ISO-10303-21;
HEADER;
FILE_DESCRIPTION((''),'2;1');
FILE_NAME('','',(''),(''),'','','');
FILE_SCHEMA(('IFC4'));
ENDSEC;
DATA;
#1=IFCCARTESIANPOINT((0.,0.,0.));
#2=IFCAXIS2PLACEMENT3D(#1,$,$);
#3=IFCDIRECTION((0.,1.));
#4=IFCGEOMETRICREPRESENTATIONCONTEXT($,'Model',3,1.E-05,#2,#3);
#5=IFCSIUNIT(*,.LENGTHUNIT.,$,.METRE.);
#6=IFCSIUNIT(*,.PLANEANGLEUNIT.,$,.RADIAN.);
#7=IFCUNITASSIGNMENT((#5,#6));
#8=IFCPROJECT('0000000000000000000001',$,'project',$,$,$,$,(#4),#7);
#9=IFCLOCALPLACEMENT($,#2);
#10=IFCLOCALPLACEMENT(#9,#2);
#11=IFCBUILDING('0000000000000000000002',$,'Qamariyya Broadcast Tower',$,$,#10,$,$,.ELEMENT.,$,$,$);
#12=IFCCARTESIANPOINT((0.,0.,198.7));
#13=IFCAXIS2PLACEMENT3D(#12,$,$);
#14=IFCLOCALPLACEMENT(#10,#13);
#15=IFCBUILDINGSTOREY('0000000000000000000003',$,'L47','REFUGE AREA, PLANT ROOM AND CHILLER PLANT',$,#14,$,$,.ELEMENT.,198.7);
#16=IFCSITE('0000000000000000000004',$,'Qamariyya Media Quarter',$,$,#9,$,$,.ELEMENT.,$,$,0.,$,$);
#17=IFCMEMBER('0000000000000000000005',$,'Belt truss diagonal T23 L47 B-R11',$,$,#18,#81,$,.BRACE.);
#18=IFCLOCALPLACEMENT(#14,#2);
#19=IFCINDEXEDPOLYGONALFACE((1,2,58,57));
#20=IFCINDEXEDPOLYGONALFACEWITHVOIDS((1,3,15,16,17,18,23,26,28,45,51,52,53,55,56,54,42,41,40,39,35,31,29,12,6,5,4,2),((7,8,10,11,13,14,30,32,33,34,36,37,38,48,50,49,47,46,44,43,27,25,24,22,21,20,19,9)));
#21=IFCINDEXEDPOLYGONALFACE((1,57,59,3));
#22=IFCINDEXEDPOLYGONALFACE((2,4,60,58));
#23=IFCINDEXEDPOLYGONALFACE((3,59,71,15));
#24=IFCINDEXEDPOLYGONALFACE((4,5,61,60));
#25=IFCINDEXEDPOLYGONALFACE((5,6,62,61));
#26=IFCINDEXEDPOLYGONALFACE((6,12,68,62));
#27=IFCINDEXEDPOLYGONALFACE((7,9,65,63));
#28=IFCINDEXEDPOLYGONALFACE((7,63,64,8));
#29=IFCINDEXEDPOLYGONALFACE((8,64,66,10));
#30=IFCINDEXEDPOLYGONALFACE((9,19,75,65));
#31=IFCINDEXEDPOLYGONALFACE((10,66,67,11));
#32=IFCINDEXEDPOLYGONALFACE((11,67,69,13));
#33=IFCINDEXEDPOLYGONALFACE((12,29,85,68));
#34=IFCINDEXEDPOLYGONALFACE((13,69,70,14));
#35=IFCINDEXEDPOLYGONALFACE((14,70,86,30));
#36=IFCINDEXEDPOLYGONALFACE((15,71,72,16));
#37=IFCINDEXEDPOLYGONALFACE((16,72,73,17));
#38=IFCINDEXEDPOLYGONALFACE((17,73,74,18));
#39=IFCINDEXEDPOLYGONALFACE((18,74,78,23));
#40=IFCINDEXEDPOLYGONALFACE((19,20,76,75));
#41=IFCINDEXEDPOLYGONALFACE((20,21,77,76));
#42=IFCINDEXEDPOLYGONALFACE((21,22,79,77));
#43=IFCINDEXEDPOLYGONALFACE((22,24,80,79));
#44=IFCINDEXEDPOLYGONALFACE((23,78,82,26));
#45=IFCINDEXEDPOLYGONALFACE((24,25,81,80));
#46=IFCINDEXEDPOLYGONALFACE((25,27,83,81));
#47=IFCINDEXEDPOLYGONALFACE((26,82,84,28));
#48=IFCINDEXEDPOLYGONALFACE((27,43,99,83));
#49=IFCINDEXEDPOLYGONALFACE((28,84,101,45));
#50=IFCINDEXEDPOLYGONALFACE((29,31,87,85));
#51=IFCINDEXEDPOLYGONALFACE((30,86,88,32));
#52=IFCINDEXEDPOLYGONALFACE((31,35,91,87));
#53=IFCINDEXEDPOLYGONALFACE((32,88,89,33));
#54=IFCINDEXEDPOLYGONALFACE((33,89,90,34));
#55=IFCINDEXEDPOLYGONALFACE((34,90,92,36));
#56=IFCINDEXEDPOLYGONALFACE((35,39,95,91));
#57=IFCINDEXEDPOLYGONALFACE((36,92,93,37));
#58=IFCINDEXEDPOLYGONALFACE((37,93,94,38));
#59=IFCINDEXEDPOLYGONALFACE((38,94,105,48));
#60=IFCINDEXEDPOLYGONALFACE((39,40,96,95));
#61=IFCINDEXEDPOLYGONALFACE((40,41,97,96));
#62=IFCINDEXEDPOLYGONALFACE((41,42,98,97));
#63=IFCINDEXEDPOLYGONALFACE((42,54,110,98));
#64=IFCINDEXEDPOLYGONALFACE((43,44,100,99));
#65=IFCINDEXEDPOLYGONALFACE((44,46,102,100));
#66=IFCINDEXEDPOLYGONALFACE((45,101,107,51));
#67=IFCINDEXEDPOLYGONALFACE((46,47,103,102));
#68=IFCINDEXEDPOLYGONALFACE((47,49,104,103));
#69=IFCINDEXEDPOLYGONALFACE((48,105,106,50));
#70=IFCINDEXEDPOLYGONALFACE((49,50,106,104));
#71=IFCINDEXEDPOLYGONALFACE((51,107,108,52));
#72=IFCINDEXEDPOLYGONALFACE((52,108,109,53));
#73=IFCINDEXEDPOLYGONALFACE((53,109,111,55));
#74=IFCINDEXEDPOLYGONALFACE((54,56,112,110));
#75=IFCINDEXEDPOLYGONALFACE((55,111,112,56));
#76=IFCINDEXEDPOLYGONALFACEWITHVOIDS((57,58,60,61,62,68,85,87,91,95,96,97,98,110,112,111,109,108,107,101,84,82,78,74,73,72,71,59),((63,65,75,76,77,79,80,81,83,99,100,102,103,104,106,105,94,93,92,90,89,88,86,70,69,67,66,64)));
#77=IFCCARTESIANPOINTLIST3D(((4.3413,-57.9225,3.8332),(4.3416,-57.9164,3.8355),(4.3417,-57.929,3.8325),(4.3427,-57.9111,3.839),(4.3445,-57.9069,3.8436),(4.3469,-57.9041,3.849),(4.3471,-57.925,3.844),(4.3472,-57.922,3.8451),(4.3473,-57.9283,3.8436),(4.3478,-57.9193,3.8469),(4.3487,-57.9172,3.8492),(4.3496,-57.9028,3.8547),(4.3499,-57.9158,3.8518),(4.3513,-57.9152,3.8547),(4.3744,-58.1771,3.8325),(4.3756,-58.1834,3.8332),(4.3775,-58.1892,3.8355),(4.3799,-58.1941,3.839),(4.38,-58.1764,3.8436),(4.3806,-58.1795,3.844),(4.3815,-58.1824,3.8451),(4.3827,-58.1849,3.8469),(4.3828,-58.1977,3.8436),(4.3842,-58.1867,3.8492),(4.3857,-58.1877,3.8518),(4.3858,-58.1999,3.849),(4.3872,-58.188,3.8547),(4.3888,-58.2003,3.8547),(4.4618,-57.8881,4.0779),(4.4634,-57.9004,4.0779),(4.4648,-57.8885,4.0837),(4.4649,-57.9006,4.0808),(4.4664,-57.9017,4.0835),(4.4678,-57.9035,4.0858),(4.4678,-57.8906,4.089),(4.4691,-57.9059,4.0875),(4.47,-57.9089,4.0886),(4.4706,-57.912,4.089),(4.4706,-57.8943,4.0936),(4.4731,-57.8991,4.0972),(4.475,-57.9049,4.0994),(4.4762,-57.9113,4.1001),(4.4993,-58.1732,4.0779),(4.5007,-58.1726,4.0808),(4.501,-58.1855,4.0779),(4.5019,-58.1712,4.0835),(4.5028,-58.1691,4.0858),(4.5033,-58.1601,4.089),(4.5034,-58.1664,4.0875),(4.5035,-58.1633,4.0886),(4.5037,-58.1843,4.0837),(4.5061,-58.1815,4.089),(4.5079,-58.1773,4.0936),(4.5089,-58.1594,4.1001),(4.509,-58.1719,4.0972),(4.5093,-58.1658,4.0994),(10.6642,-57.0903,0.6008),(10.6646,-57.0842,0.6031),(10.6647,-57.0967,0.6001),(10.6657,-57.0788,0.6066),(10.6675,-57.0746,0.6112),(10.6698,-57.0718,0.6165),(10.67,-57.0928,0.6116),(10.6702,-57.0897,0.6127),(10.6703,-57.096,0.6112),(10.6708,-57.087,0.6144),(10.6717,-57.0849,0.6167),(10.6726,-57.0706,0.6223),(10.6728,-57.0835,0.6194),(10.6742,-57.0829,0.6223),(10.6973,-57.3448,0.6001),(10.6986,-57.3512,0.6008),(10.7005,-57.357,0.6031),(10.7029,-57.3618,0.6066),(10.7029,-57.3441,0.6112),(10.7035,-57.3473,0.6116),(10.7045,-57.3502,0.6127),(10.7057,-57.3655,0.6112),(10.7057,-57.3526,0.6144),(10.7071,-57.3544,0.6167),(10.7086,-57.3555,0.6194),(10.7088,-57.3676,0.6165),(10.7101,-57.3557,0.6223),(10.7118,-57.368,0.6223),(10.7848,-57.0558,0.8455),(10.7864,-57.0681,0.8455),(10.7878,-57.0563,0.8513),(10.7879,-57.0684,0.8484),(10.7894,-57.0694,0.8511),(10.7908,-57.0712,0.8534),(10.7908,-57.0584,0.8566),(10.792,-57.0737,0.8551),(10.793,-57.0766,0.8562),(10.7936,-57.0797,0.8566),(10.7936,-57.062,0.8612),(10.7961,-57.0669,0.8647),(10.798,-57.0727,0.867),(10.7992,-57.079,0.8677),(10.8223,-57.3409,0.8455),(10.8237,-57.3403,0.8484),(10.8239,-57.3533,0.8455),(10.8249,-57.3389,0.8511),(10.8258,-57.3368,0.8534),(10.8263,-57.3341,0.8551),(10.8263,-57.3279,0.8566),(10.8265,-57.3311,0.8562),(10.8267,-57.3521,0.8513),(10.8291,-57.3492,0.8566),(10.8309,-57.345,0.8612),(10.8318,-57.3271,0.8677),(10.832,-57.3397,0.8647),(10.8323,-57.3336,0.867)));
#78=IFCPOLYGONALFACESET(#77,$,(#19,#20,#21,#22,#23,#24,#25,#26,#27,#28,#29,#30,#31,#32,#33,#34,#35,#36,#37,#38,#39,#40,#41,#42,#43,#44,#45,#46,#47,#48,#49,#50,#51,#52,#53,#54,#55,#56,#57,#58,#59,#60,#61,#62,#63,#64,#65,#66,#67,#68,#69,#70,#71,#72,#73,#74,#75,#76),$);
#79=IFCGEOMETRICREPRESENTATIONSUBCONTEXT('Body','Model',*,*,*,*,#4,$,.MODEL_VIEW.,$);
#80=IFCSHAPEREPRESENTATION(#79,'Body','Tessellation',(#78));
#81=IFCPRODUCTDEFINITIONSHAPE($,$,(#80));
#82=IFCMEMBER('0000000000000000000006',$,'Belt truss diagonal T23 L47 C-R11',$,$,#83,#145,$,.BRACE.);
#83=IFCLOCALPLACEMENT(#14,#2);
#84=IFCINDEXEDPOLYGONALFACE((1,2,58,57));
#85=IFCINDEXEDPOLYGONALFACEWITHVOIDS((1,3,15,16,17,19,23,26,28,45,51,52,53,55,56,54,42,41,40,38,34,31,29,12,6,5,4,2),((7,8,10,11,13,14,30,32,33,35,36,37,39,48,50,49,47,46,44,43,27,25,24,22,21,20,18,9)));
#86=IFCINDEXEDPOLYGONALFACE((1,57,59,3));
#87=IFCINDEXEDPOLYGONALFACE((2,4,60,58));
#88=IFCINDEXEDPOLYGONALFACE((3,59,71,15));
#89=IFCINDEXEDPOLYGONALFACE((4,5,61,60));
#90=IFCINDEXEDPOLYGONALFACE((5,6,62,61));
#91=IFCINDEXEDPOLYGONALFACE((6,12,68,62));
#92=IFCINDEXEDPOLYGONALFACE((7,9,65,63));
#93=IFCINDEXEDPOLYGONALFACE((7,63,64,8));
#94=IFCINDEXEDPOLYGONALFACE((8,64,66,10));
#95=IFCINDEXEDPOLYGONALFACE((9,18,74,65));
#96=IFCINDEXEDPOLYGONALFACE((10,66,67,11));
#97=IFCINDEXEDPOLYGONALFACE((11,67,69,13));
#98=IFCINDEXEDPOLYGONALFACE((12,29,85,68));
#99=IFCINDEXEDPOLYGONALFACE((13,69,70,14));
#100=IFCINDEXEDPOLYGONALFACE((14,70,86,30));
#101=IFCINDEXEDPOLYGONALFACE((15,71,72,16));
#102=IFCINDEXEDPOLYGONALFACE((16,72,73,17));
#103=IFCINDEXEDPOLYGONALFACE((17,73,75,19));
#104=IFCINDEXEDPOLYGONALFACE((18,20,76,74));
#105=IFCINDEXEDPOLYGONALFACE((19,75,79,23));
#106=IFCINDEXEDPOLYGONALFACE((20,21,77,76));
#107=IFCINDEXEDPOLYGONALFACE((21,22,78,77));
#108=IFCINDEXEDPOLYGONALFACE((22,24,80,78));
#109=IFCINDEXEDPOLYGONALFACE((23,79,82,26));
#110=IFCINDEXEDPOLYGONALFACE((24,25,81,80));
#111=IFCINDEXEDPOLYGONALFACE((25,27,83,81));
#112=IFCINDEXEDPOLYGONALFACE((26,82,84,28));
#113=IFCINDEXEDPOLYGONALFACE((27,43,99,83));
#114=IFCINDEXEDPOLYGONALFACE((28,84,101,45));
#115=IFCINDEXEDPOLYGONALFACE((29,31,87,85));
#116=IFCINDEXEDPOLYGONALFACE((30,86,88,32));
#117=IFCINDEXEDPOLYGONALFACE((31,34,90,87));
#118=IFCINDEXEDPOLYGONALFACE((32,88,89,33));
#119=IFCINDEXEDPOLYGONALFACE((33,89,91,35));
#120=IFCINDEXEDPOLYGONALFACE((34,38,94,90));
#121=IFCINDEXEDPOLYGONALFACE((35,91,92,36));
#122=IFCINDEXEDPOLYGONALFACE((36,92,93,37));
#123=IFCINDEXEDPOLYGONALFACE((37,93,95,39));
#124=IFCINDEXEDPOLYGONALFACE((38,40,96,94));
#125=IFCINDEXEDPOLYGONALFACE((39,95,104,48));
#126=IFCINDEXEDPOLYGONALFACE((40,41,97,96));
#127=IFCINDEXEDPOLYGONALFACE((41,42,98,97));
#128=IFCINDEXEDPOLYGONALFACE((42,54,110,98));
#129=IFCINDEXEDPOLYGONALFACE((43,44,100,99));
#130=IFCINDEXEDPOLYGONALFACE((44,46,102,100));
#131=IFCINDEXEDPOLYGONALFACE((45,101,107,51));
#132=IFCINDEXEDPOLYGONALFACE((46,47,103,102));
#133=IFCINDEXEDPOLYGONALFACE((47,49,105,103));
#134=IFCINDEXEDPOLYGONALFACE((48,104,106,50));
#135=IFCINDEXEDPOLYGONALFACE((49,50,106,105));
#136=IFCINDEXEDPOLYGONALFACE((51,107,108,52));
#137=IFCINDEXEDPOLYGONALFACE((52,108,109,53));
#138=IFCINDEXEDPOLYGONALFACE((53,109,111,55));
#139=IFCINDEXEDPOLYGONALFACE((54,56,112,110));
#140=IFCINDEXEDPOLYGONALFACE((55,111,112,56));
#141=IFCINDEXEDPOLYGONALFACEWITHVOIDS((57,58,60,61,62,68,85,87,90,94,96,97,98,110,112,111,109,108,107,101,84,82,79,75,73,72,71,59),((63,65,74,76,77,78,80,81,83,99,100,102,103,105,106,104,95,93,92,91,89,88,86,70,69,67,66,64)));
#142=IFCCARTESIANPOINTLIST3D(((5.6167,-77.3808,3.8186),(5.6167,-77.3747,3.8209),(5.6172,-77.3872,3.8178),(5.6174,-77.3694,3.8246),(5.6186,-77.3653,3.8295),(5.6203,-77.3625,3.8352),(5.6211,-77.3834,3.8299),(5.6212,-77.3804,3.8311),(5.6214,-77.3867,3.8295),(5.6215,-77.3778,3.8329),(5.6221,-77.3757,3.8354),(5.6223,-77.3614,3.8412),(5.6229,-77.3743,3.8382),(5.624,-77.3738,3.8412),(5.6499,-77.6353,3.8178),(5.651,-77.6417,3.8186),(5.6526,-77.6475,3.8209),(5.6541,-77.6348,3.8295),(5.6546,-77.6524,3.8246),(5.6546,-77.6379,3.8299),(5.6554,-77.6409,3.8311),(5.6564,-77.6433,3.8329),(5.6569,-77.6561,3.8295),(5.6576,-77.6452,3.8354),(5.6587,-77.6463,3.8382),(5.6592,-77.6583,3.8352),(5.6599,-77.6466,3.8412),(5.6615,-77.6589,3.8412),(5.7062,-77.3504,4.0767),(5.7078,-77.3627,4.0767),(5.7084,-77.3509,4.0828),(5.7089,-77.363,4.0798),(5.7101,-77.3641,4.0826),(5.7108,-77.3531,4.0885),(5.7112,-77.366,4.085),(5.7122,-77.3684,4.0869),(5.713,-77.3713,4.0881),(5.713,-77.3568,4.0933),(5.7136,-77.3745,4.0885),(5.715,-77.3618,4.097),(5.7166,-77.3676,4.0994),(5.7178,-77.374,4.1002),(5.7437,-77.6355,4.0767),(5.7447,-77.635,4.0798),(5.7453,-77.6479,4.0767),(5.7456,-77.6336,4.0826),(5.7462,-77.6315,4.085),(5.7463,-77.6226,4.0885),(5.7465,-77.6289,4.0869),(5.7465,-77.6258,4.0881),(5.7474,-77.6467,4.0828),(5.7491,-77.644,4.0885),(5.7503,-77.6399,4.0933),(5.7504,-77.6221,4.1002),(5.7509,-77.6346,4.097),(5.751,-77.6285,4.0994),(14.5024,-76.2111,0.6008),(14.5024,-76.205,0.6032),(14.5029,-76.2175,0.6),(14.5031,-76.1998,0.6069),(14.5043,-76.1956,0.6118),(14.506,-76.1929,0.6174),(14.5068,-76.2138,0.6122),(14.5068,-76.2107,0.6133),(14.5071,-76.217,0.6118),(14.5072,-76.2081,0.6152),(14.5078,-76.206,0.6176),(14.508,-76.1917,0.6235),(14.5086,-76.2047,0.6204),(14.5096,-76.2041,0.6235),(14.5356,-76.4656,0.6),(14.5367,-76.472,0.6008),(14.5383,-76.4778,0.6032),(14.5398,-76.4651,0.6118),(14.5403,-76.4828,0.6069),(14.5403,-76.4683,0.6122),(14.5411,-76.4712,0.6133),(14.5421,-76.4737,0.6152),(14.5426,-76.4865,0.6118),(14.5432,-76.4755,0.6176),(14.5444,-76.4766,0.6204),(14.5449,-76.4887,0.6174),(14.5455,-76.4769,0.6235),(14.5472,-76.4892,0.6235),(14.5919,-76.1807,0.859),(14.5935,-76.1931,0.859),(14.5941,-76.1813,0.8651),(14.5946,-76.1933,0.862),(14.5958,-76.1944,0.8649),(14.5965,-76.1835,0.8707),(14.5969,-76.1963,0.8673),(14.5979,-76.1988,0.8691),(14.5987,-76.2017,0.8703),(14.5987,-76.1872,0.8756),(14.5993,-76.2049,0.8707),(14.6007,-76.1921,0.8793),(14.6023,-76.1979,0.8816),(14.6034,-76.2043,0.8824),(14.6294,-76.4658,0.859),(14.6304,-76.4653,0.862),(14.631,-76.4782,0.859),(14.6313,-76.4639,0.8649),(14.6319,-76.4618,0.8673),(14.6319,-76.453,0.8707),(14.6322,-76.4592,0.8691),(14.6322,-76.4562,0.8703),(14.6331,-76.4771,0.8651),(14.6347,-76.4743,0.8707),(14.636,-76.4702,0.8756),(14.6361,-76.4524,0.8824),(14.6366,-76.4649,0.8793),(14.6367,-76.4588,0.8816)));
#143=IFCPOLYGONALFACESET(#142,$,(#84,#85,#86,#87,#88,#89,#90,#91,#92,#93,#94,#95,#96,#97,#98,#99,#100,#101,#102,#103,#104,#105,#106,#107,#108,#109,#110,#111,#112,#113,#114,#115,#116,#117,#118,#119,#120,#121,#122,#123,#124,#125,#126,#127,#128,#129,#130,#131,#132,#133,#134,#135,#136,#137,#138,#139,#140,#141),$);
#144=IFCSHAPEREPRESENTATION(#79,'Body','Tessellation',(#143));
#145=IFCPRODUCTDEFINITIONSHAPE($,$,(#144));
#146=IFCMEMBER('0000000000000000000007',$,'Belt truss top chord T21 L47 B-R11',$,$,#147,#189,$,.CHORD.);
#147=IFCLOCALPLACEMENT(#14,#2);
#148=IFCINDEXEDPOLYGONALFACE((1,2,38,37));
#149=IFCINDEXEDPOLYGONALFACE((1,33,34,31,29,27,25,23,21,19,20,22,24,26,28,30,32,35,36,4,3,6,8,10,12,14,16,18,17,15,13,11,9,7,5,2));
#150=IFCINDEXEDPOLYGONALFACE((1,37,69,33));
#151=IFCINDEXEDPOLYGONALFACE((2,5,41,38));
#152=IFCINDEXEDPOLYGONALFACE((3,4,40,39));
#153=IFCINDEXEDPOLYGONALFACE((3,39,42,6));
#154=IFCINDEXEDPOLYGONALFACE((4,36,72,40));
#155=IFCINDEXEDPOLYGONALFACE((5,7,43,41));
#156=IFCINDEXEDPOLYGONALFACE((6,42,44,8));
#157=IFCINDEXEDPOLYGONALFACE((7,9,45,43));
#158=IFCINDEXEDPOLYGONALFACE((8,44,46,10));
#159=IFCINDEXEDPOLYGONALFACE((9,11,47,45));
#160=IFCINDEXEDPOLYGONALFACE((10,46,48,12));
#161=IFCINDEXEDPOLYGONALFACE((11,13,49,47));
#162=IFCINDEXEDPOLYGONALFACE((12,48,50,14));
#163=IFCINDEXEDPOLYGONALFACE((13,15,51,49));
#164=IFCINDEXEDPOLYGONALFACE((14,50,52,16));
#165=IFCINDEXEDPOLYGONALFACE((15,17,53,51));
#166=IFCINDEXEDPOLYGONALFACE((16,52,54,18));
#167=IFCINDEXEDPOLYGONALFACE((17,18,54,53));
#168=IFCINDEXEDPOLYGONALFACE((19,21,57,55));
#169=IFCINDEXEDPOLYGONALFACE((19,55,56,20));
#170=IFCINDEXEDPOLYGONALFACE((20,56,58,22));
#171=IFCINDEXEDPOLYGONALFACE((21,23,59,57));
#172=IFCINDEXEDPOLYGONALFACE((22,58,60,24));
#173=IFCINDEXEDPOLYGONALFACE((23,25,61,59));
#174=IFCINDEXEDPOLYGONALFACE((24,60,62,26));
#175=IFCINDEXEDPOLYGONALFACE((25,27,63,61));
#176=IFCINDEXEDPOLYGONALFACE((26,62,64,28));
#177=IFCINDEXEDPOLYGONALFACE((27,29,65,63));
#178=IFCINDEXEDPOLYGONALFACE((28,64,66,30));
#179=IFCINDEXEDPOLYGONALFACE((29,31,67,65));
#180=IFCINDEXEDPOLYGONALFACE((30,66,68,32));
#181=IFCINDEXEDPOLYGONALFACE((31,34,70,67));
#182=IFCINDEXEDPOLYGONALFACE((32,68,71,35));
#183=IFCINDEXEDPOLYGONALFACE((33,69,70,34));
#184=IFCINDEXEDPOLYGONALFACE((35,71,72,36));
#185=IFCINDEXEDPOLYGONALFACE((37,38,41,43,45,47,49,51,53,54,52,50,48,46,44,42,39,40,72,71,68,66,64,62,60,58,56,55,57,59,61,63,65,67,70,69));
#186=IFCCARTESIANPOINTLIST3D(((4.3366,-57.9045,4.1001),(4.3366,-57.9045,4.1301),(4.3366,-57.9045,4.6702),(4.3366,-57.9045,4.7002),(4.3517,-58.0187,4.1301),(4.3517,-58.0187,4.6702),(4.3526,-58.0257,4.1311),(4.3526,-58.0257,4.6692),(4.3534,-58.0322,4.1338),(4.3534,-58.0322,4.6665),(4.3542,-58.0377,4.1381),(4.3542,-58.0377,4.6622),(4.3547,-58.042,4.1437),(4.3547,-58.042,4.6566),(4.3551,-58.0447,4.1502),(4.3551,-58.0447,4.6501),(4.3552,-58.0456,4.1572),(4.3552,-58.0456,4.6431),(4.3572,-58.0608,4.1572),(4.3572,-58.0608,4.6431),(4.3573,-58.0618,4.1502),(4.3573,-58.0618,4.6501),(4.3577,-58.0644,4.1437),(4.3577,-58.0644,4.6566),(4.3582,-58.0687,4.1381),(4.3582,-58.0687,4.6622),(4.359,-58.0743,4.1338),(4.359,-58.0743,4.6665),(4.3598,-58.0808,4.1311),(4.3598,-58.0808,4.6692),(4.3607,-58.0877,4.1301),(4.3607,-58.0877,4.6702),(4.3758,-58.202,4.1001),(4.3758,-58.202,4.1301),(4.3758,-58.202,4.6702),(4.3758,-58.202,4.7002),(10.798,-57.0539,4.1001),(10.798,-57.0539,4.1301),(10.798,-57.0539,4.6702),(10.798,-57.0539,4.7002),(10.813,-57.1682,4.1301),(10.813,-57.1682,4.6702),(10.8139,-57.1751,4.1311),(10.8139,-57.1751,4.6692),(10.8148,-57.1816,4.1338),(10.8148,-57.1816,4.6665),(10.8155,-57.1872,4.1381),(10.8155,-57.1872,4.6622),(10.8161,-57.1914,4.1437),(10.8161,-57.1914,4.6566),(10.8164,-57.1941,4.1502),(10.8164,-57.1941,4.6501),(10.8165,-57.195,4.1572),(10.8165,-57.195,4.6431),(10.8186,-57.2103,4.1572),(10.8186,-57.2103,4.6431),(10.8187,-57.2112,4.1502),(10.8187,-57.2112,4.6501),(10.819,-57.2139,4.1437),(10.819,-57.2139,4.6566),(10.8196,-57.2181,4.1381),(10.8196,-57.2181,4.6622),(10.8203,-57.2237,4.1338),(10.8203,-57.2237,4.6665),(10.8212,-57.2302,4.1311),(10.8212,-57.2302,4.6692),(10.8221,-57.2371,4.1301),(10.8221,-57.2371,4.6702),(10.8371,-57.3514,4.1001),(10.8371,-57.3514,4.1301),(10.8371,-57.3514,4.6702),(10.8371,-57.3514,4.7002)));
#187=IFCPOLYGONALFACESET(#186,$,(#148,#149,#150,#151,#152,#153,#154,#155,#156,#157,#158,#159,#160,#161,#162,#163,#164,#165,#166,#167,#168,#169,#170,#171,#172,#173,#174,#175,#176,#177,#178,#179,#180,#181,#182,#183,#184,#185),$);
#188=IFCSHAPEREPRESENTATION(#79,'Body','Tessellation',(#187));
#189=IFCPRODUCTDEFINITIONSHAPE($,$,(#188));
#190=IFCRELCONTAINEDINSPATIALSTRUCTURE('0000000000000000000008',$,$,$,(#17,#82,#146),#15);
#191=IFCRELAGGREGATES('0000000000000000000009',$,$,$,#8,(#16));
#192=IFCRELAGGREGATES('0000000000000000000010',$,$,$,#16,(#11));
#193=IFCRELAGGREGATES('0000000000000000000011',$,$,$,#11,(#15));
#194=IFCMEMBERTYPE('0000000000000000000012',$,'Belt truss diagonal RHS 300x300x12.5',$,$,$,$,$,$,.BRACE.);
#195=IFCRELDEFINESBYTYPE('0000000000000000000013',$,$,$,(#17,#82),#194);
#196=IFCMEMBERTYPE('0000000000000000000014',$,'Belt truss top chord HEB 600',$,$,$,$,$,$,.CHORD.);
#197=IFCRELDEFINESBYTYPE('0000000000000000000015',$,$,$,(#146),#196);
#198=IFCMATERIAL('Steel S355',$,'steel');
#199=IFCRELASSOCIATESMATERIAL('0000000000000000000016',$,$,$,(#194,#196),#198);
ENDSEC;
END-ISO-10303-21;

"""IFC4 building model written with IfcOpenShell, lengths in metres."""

from ifc_helpers import new_model, si_unit, direction, frame, origin, origin_2d, place, context, subcontext, project, spatial, hollow_rectangle, i_section, extrude, material, material_profile, profile_set, type_object, element, save


model = new_model("IFC4")

# Units and contexts
model_context = context("Model", 3, precision=1e-05, world=origin(), true_north=direction((0.0, 1.0)))
body_context = subcontext(model_context, "Body", "Model", "MODEL_VIEW")
ifc_project = project(units=[si_unit("LENGTHUNIT", "METRE"), si_unit("PLANEANGLEUNIT", "RADIAN")], contexts=[model_context])

# Site, building, storey
site_placement = place(None, origin())
site = spatial("IfcSite", under=ifc_project, at=site_placement, Name="Qamariyya Media Quarter", CompositionType="ELEMENT", RefElevation=0.0)
building_placement = place(site_placement, origin())
building = spatial("IfcBuilding", under=site, at=building_placement, Name="Qamariyya Broadcast Tower", CompositionType="ELEMENT")
storey_placement = place(building_placement, frame((0.0, 0.0, 198.7)))
storey = spatial("IfcBuildingStorey", under=building, at=storey_placement, Name="L47", Description="REFUGE AREA, PLANT ROOM AND CHILLER PLANT", CompositionType="ELEMENT", Elevation=198.7)

# Members
ifc_material_1 = material(Name="Steel S355", Category="steel")
ifc_material_profile_1 = material_profile(ifc_material_1, hollow_rectangle(XDim=0.3, YDim=0.3, WallThickness=0.0125, InnerFilletRadius=0.0125, OuterFilletRadius=0.0249, at=origin_2d()))
ifc_profile_set_1 = profile_set([ifc_material_profile_1], Name="Steel S355")
member_type_1 = type_object("IfcMemberType", Name="Belt truss diagonal RHS 300x300x12.5", PredefinedType="BRACE", material=ifc_profile_set_1)
member_1_placement = place(storey_placement, frame((4.4253, -58.0442, 3.9663), z_axis=(0.884344, 0.116403, -0.452091), x_axis=(-0.130501, 0.991448, 0.0)))
element("IfcMember", 1, at=member_1_placement, inside=storey, type_object=member_type_1, Name="Belt truss diagonal T23 L47 B-R11", PredefinedType="BRACE", context=body_context, shape_type="SweptSolid", body=[
    extrude(hollow_rectangle(XDim=0.3, YDim=0.3, WallThickness=0.0125, InnerFilletRadius=0.0125, OuterFilletRadius=0.0249, at=origin_2d()), origin(), (0.0, 0.0, 1.0), 7.1499),
])
member_2_placement = place(storey_placement, frame((5.6838, -77.5046, 3.959), z_axis=(0.933128, 0.122833, -0.337912), x_axis=(-0.130509, 0.991447, 0.0)))
element("IfcMember", 2, at=member_2_placement, inside=storey, type_object=member_type_1, Name="Belt truss diagonal T23 L47 C-R11", PredefinedType="BRACE", context=body_context, shape_type="SweptSolid", body=[
    extrude(hollow_rectangle(XDim=0.3, YDim=0.3, WallThickness=0.0125, InnerFilletRadius=0.0125, OuterFilletRadius=0.0249, at=origin_2d()), origin(), (0.0, 0.0, 1.0), 9.5225),
])
ifc_material_profile_2 = material_profile(ifc_material_1, i_section(OverallWidth=0.3, OverallDepth=0.6001, WebThickness=0.0154, FlangeThickness=0.03, FilletRadius=0.0271, at=origin_2d()))
ifc_profile_set_2 = profile_set([ifc_material_profile_2], Name="Steel S355")
member_type_2 = type_object("IfcMemberType", Name="Belt truss top chord HEB 600", PredefinedType="CHORD", material=ifc_profile_set_2)
member_3_placement = place(storey_placement, frame((4.3562, -58.0532, 4.4001), z_axis=(0.991446, 0.130515, 0.0), x_axis=(-0.130515, 0.991446, 0.0)))
element("IfcMember", 3, at=member_3_placement, inside=storey, type_object=member_type_2, Name="Belt truss top chord T21 L47 B-R11", PredefinedType="CHORD", context=body_context, shape_type="SweptSolid", body=[
    extrude(i_section(OverallWidth=0.3, OverallDepth=0.6001, WebThickness=0.0154, FlangeThickness=0.03, FilletRadius=0.0271, at=origin_2d()), origin(), (0.0, 0.0, 1.0), 6.5171),
])

save(model, "model.ifc")
